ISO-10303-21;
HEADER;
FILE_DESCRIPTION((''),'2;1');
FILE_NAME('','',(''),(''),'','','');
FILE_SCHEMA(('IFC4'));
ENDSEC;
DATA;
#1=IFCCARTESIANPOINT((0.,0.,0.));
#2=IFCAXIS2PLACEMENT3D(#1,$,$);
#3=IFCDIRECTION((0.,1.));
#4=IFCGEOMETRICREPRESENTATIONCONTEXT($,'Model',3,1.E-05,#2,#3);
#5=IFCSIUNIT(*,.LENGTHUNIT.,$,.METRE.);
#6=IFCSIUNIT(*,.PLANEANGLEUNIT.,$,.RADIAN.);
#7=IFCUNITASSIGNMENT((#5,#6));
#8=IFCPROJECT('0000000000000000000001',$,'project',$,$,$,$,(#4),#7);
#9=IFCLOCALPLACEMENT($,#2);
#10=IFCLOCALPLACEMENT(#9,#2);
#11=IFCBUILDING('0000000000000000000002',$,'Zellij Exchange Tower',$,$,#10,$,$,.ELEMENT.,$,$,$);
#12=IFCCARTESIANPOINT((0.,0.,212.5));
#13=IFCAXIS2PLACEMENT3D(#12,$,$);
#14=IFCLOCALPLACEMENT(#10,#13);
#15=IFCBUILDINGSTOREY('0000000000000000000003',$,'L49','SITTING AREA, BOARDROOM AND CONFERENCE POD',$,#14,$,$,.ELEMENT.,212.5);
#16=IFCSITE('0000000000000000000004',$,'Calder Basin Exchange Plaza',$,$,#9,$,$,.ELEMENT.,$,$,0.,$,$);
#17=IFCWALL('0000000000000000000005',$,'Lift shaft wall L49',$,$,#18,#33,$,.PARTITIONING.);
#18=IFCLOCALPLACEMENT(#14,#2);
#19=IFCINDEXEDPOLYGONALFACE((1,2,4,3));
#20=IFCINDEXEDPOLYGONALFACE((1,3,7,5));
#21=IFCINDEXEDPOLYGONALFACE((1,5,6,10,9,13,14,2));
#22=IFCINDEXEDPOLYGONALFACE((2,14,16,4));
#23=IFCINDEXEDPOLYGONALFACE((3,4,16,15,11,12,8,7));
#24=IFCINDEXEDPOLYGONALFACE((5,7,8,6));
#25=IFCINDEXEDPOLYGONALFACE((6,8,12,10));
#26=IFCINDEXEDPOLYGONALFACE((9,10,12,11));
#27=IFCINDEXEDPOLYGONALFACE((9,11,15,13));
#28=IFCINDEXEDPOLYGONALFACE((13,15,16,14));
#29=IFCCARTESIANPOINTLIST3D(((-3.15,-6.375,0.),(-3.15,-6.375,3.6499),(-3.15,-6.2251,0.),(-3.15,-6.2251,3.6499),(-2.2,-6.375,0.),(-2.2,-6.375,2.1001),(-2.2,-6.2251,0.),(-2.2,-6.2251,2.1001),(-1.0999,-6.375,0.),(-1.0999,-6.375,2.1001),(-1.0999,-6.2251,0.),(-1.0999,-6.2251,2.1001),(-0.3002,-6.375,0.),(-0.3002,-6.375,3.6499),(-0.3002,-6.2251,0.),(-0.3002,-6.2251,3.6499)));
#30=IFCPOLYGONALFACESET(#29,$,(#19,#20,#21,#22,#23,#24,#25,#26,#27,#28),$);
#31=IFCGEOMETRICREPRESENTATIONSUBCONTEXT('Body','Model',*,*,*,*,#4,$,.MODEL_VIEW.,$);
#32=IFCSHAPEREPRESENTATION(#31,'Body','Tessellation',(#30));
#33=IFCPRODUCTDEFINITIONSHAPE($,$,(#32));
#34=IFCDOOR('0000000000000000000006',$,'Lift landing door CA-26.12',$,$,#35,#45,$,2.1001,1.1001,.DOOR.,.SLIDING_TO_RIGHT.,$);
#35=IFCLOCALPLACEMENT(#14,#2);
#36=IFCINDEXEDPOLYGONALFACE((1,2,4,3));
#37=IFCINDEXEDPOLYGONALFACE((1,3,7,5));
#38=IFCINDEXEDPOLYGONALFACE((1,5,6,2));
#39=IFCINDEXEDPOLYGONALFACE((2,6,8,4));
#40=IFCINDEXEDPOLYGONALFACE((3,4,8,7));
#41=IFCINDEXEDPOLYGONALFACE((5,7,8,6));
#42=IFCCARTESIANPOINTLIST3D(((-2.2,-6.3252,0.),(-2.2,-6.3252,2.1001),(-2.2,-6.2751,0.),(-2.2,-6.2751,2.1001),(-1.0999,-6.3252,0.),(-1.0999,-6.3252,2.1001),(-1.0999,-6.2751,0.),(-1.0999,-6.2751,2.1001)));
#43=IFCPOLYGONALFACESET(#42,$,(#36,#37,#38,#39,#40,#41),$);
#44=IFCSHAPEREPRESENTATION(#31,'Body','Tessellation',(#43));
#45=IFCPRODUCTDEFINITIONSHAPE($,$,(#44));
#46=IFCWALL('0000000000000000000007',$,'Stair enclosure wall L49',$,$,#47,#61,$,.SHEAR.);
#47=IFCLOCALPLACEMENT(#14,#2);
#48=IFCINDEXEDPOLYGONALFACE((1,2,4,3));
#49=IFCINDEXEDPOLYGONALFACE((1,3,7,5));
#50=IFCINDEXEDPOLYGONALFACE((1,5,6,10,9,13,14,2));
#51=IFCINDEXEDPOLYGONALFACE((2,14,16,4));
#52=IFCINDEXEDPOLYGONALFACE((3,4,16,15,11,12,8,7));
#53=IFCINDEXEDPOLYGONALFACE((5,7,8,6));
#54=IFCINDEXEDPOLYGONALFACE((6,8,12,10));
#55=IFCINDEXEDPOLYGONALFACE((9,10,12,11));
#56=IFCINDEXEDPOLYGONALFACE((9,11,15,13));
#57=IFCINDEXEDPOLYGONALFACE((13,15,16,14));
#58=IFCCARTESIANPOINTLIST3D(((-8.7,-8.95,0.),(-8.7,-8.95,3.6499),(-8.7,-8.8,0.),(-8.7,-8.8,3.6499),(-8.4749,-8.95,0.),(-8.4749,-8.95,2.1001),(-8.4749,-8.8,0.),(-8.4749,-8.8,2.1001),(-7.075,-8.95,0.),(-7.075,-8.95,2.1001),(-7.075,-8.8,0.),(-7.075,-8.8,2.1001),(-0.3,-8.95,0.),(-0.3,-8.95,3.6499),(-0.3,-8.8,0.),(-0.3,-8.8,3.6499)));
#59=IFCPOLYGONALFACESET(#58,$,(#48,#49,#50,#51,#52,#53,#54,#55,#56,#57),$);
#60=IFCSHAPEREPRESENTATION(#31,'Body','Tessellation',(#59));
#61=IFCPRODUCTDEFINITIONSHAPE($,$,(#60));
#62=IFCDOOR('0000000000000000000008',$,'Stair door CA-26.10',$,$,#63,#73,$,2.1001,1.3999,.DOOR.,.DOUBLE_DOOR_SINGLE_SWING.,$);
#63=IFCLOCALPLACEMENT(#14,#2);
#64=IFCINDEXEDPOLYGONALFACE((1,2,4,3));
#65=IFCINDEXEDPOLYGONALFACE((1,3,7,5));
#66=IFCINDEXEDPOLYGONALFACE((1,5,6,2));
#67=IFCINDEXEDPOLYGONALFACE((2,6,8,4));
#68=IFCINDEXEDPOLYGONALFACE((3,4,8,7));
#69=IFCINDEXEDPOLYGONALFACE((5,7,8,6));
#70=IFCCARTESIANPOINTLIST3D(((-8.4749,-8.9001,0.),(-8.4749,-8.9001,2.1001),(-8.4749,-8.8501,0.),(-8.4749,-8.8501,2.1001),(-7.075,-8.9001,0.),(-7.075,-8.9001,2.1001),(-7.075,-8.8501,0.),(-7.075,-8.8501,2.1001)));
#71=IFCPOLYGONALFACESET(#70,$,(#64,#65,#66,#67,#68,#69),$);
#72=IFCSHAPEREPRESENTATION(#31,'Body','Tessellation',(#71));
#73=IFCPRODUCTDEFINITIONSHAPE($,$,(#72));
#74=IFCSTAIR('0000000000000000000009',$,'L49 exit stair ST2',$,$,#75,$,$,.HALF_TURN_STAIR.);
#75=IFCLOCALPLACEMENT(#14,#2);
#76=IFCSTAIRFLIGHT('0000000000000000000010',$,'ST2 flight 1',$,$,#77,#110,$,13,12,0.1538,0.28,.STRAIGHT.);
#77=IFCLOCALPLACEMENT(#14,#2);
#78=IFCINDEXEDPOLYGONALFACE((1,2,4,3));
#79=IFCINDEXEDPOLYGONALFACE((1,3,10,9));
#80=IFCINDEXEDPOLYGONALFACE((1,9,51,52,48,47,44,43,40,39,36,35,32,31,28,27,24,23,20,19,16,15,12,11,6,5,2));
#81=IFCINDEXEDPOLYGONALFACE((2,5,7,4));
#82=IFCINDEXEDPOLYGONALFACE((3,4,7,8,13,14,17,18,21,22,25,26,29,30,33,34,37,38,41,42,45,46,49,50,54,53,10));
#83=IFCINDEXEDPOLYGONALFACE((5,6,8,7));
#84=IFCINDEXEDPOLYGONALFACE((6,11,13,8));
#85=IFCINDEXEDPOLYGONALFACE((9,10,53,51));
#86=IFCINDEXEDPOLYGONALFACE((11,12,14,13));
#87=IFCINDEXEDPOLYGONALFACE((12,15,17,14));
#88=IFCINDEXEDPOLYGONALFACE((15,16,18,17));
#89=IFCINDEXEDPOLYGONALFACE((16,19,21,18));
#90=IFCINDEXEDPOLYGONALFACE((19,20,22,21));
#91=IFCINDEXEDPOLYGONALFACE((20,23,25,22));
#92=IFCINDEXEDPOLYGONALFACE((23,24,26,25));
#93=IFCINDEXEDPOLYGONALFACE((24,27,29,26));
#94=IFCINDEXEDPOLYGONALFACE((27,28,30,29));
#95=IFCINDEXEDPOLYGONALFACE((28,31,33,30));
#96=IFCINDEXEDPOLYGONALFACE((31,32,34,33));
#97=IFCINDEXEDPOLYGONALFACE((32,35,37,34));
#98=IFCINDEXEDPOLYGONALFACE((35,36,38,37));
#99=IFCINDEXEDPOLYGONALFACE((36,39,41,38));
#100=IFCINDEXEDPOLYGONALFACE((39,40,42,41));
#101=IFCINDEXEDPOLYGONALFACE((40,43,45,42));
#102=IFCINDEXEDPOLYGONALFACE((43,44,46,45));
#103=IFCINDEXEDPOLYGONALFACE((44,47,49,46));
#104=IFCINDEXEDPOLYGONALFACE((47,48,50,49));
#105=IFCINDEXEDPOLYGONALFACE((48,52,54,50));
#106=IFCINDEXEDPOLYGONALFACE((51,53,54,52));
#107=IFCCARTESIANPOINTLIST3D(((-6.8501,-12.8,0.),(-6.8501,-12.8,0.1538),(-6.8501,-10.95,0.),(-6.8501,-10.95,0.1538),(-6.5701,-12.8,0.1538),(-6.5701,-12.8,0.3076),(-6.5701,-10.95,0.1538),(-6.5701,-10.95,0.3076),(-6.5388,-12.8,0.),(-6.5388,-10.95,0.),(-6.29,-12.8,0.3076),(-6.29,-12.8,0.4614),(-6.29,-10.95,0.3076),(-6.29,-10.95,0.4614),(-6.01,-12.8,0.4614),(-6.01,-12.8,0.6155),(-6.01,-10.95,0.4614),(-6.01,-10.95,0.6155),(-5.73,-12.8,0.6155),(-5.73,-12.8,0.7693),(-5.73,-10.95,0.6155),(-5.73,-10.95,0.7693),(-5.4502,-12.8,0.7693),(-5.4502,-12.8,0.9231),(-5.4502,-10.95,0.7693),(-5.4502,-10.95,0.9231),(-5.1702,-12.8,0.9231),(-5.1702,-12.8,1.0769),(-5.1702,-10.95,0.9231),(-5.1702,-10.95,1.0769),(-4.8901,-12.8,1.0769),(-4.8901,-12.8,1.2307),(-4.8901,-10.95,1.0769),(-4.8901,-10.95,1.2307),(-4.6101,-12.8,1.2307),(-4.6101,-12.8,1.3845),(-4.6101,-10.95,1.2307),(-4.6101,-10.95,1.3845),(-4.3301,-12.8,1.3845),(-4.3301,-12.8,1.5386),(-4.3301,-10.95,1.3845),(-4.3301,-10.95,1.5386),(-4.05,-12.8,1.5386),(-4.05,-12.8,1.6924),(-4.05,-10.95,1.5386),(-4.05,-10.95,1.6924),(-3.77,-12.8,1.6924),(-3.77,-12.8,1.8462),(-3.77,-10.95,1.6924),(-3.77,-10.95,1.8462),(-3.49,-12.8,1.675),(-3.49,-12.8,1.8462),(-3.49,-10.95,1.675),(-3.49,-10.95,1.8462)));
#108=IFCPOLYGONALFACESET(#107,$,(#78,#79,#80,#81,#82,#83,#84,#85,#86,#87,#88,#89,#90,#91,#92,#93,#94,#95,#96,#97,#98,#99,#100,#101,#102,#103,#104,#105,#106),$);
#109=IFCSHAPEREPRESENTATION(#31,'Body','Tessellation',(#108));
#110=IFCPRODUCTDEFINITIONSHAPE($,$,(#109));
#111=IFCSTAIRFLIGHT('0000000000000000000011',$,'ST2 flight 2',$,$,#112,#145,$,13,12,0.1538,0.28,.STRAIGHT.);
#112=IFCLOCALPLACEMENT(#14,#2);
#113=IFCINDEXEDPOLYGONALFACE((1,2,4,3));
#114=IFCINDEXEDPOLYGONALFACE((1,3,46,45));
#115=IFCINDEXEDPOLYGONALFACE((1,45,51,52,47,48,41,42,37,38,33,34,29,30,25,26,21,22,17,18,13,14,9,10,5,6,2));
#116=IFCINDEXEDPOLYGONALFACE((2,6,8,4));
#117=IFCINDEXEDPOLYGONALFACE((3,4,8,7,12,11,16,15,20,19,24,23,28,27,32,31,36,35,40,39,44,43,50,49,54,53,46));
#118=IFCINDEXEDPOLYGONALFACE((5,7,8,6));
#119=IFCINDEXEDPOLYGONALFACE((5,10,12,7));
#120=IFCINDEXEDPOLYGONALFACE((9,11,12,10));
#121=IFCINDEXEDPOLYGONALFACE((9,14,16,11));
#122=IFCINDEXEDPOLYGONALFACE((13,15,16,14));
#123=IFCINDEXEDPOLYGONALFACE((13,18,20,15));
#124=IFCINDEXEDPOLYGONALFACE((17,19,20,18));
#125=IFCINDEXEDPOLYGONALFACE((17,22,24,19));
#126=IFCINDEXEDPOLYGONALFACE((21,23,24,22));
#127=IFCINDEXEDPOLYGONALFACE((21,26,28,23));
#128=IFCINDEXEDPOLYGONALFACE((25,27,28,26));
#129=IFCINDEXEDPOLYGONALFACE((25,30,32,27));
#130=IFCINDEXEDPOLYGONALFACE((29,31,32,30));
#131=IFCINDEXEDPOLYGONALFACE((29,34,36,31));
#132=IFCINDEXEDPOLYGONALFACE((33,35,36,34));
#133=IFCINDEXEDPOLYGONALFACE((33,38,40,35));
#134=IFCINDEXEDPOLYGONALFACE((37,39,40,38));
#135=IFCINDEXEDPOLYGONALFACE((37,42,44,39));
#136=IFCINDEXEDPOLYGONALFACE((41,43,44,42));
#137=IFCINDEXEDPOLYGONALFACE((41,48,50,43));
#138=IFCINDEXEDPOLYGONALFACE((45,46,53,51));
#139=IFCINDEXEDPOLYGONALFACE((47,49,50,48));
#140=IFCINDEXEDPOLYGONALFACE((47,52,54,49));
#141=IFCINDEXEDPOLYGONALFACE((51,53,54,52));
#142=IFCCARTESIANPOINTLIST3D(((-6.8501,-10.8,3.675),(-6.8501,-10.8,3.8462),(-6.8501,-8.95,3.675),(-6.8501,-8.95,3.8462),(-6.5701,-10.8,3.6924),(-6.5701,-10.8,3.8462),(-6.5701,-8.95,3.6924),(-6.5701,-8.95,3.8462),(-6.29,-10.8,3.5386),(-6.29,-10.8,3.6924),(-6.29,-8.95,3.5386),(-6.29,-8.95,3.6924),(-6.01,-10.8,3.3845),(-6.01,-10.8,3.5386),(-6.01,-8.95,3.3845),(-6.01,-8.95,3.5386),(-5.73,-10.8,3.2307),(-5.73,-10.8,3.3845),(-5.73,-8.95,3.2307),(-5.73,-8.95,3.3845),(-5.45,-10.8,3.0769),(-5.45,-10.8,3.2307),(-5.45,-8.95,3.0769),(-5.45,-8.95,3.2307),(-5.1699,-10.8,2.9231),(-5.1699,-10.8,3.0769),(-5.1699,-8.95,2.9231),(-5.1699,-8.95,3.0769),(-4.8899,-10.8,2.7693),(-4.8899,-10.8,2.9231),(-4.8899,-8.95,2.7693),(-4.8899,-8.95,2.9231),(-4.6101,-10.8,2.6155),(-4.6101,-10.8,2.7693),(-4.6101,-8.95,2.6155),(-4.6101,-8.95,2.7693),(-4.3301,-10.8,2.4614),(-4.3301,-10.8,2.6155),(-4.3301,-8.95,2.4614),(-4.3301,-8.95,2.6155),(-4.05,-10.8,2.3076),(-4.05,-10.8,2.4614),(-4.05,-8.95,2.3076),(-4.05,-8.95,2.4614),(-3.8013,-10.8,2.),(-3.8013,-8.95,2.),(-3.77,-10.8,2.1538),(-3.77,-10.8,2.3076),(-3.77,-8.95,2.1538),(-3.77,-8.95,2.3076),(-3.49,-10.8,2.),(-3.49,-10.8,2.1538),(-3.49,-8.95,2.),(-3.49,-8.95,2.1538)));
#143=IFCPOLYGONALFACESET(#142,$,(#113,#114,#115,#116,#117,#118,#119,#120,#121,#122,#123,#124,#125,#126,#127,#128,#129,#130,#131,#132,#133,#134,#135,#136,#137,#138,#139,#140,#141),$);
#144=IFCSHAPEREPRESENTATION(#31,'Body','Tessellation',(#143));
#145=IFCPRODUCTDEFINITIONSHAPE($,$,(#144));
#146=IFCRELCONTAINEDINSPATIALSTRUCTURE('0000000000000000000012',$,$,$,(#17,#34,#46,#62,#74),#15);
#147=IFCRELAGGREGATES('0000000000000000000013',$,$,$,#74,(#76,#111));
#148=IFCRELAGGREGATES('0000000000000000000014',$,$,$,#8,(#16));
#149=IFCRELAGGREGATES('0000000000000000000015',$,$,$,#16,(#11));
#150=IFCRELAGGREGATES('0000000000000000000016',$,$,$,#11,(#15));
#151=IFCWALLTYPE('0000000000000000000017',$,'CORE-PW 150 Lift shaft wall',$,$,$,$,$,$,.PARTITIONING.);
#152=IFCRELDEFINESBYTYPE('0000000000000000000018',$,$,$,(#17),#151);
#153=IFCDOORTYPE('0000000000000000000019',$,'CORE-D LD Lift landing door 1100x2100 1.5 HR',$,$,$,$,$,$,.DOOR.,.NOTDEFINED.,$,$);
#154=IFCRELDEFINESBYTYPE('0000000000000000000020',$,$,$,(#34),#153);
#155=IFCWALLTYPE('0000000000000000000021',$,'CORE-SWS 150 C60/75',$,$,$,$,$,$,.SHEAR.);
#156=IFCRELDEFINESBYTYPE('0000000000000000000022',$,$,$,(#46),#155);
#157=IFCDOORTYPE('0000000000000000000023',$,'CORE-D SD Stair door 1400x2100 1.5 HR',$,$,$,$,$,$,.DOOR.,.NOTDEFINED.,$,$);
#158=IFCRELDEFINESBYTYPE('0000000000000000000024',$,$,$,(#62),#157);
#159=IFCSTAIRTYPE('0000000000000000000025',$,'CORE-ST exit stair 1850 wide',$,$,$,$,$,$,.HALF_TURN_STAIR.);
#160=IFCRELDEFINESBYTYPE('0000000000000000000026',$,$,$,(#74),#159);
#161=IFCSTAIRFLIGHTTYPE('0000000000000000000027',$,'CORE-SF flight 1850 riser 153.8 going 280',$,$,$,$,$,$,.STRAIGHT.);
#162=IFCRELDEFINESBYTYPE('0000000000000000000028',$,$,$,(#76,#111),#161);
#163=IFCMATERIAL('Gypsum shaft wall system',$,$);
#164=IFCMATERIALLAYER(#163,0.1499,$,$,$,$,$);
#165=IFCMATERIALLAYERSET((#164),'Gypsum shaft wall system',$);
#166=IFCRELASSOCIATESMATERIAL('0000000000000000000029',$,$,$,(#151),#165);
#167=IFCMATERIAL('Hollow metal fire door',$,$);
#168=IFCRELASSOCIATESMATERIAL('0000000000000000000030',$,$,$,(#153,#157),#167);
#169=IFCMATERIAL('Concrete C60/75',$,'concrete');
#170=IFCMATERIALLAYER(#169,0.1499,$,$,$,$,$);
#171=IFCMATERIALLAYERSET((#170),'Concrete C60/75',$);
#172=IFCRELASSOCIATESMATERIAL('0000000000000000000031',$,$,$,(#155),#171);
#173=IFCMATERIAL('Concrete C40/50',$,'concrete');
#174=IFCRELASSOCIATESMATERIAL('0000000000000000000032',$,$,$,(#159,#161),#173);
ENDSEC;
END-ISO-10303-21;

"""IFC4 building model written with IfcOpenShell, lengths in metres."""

from ifc_helpers import new_model, si_unit, direction, frame, frame_2d, origin, place, context, subcontext, project, spatial, polyline, rectangle, outline, extrude, material, layer, layer_set, type_object, element, fill, aggregate, save


model = new_model("IFC4")

# Units and contexts
model_context = context("Model", 3, precision=1e-05, world=origin(), true_north=direction((0.0, 1.0)))
body_context = subcontext(model_context, "Body", "Model", "MODEL_VIEW")
ifc_project = project(units=[si_unit("LENGTHUNIT", "METRE"), si_unit("PLANEANGLEUNIT", "RADIAN")], contexts=[model_context])

# Site, building, storey
site_placement = place(None, origin())
site = spatial("IfcSite", under=ifc_project, at=site_placement, Name="Calder Basin Exchange Plaza", CompositionType="ELEMENT", RefElevation=0.0)
building_placement = place(site_placement, origin())
building = spatial("IfcBuilding", under=site, at=building_placement, Name="Zellij Exchange Tower", CompositionType="ELEMENT")
storey_placement = place(building_placement, frame((0.0, 0.0, 212.5)))
storey = spatial("IfcBuildingStorey", under=building, at=storey_placement, Name="L49", Description="SITTING AREA, BOARDROOM AND CONFERENCE POD", CompositionType="ELEMENT", Elevation=212.5)

# Shared definitions
ifc_material_1 = material(Name="Concrete C60/75", Category="concrete")

# Shared definitions
ifc_material_2 = material(Name="Gypsum shaft wall system")
ifc_material_3 = material(Name="Hollow metal fire door")

# Walls, openings, doors
ifc_layer_1 = layer(ifc_material_2, 0.1499)
ifc_layer_set_1 = layer_set([ifc_layer_1], Name="Gypsum shaft wall system")
wall_type_1 = type_object("IfcWallType", Name="CORE-PW 150 Lift shaft wall", PredefinedType="PARTITIONING", material=ifc_layer_set_1)
wall_1_placement = place(storey_placement, frame((-3.1499, -6.3, 0.0), z_axis=(0.0, 0.0, 1.0), x_axis=(1.0, 0.0, 0.0)))
wall_1 = element("IfcWall", 1, at=wall_1_placement, inside=storey, type_object=wall_type_1, Name="Lift shaft wall L49", PredefinedType="PARTITIONING", context=body_context, shape_type="SweptSolid", body=[
    extrude(rectangle(XDim=2.8499, YDim=0.1499, at=frame_2d((1.4248, 0.0))), origin(), (0.0, 0.0, 1.0), 3.6499),
])
opening_1_placement = place(wall_1_placement, frame((0.95, 0.0, 0.0)))
opening_1 = element("IfcOpeningElement", 2, at=opening_1_placement, cuts=wall_1, PredefinedType="OPENING", context=body_context, shape_type="SweptSolid", body=[
    extrude(rectangle(XDim=1.1001, YDim=2.1001, at=frame_2d((0.55, 1.05))), frame((0.0, 0.0869, 0.0), z_axis=(0.0, -1.0, 0.0), x_axis=(1.0, 0.0, 0.0)), (0.0, 0.0, 1.0), 0.1738),
])
door_type_1 = type_object("IfcDoorType", Name="CORE-D LD Lift landing door 1100x2100 1.5 HR", OperationType="NOTDEFINED", PredefinedType="DOOR", material=ifc_material_3)
door_1_placement = place(opening_1_placement, origin())
door_1 = element("IfcDoor", 3, at=door_1_placement, inside=storey, type_object=door_type_1, Name="Lift landing door CA-26.12", OperationType="SLIDING_TO_RIGHT", OverallHeight=2.1001, OverallWidth=1.1001, PredefinedType="DOOR", context=body_context, shape_type="SweptSolid", body=[
    extrude(rectangle(XDim=1.1001, YDim=2.1001, at=frame_2d((0.55, 1.05))), frame((0.0, 0.0249, 0.0), z_axis=(0.0, -1.0, 0.0), x_axis=(1.0, 0.0, 0.0)), (0.0, 0.0, 1.0), 0.05),
])
fill(opening_1, door_1)
ifc_layer_2 = layer(ifc_material_1, 0.1499)
ifc_layer_set_2 = layer_set([ifc_layer_2], Name="Concrete C60/75")
wall_type_2 = type_object("IfcWallType", Name="CORE-SWS 150 C60/75", PredefinedType="SHEAR", material=ifc_layer_set_2)
wall_2_placement = place(storey_placement, frame((-8.7, -8.875, 0.0), z_axis=(0.0, 0.0, 1.0), x_axis=(1.0, 0.0, 0.0)))
wall_2 = element("IfcWall", 4, at=wall_2_placement, inside=storey, type_object=wall_type_2, Name="Stair enclosure wall L49", PredefinedType="SHEAR", context=body_context, shape_type="SweptSolid", body=[
    extrude(rectangle(XDim=8.3999, YDim=0.1499, at=frame_2d((4.2, 0.0))), origin(), (0.0, 0.0, 1.0), 3.6499),
])
opening_2_placement = place(wall_2_placement, frame((0.2251, 0.0, 0.0)))
opening_2 = element("IfcOpeningElement", 5, at=opening_2_placement, cuts=wall_2, PredefinedType="OPENING", context=body_context, shape_type="SweptSolid", body=[
    extrude(rectangle(XDim=1.3999, YDim=2.1001, at=frame_2d((0.7, 1.05))), frame((0.0, 0.0869, 0.0), z_axis=(0.0, -1.0, 0.0), x_axis=(1.0, 0.0, 0.0)), (0.0, 0.0, 1.0), 0.1738),
])
door_type_2 = type_object("IfcDoorType", Name="CORE-D SD Stair door 1400x2100 1.5 HR", OperationType="NOTDEFINED", PredefinedType="DOOR", material=ifc_material_3)
door_2_placement = place(opening_2_placement, origin())
door_2 = element("IfcDoor", 6, at=door_2_placement, inside=storey, type_object=door_type_2, Name="Stair door CA-26.10", OperationType="DOUBLE_DOOR_SINGLE_SWING", OverallHeight=2.1001, OverallWidth=1.3999, PredefinedType="DOOR", context=body_context, shape_type="SweptSolid", body=[
    extrude(rectangle(XDim=1.3999, YDim=2.1001, at=frame_2d((0.7, 1.05))), frame((0.0, 0.0249, 0.0), z_axis=(0.0, -1.0, 0.0), x_axis=(1.0, 0.0, 0.0)), (0.0, 0.0, 1.0), 0.05),
])
fill(opening_2, door_2)

# Stair, stair flights
ifc_material_4 = material(Name="Concrete C40/50", Category="concrete")
stair_type = type_object("IfcStairType", Name="CORE-ST exit stair 1850 wide", PredefinedType="HALF_TURN_STAIR", material=ifc_material_4)
stair_placement = place(storey_placement, origin())
stair = element("IfcStair", 7, at=stair_placement, inside=storey, type_object=stair_type, Name="L49 exit stair ST2", PredefinedType="HALF_TURN_STAIR")
stair_flight_type = type_object("IfcStairFlightType", Name="CORE-SF flight 1850 riser 153.8 going 280", PredefinedType="STRAIGHT", material=ifc_material_4)
stair_flight_1_placement = place(storey_placement, frame((-6.8501, -11.875, 0.0), z_axis=(0.0, 0.0, 1.0), x_axis=(1.0, 0.0, 0.0)))
stair_flight_1 = element("IfcStairFlight", 8, at=stair_flight_1_placement, type_object=stair_flight_type, Name="ST2 flight 1", NumberOfRisers=13, NumberOfTreads=12, PredefinedType="STRAIGHT", RiserHeight=0.1538, TreadLength=0.28, context=body_context, shape_type="SweptSolid", body=[
    extrude(outline(polyline([(0.0, 0.0), (0.0, 0.1538), (0.28, 0.1538), (0.28, 0.3076), (0.5601, 0.3076), (0.5601, 0.4614), (0.8401, 0.4614), (0.8401, 0.6155), (1.1201, 0.6155), (1.1201, 0.7693), (1.3999, 0.7693), (1.3999, 0.9231), (1.6799, 0.9231), (1.6799, 1.0769), (1.96, 1.0769), (1.96, 1.2307), (2.24, 1.2307), (2.24, 1.3845), (2.52, 1.3845), (2.52, 1.5386), (2.8, 1.5386), (2.8, 1.6924), (3.0801, 1.6924), (3.0801, 1.8462), (3.3601, 1.8462), (3.3601, 2.0), (3.3601, 1.675), (0.3113, 0.0), (0.0, 0.0)])), frame((0.0, 0.925, 0.0), z_axis=(0.0, -1.0, 0.0), x_axis=(1.0, 0.0, 0.0)), (0.0, 0.0, 1.0), 1.8501),
])
stair_flight_2_placement = place(storey_placement, frame((-3.49, -9.875, 2.0), z_axis=(0.0, 0.0, 1.0), x_axis=(-1.0, 0.0, 0.0)))
stair_flight_2 = element("IfcStairFlight", 9, at=stair_flight_2_placement, type_object=stair_flight_type, Name="ST2 flight 2", NumberOfRisers=13, NumberOfTreads=12, PredefinedType="STRAIGHT", RiserHeight=0.1538, TreadLength=0.28, context=body_context, shape_type="SweptSolid", body=[
    extrude(outline(polyline([(0.0, 0.0), (0.0, 0.1538), (0.28, 0.1538), (0.28, 0.3076), (0.5601, 0.3076), (0.5601, 0.4614), (0.8401, 0.4614), (0.8401, 0.6155), (1.1201, 0.6155), (1.1201, 0.7693), (1.3999, 0.7693), (1.3999, 0.9231), (1.6799, 0.9231), (1.6799, 1.0769), (1.96, 1.0769), (1.96, 1.2307), (2.24, 1.2307), (2.24, 1.3845), (2.52, 1.3845), (2.52, 1.5386), (2.8, 1.5386), (2.8, 1.6924), (3.0801, 1.6924), (3.0801, 1.8462), (3.3601, 1.8462), (3.3601, 2.0), (3.3601, 1.675), (0.3113, 0.0), (0.0, 0.0)])), frame((0.0, 0.925, 0.0), z_axis=(0.0, -1.0, 0.0), x_axis=(1.0, 0.0, 0.0)), (0.0, 0.0, 1.0), 1.8501),
])
aggregate(stair, [stair_flight_1, stair_flight_2])

save(model, "model.ifc")
